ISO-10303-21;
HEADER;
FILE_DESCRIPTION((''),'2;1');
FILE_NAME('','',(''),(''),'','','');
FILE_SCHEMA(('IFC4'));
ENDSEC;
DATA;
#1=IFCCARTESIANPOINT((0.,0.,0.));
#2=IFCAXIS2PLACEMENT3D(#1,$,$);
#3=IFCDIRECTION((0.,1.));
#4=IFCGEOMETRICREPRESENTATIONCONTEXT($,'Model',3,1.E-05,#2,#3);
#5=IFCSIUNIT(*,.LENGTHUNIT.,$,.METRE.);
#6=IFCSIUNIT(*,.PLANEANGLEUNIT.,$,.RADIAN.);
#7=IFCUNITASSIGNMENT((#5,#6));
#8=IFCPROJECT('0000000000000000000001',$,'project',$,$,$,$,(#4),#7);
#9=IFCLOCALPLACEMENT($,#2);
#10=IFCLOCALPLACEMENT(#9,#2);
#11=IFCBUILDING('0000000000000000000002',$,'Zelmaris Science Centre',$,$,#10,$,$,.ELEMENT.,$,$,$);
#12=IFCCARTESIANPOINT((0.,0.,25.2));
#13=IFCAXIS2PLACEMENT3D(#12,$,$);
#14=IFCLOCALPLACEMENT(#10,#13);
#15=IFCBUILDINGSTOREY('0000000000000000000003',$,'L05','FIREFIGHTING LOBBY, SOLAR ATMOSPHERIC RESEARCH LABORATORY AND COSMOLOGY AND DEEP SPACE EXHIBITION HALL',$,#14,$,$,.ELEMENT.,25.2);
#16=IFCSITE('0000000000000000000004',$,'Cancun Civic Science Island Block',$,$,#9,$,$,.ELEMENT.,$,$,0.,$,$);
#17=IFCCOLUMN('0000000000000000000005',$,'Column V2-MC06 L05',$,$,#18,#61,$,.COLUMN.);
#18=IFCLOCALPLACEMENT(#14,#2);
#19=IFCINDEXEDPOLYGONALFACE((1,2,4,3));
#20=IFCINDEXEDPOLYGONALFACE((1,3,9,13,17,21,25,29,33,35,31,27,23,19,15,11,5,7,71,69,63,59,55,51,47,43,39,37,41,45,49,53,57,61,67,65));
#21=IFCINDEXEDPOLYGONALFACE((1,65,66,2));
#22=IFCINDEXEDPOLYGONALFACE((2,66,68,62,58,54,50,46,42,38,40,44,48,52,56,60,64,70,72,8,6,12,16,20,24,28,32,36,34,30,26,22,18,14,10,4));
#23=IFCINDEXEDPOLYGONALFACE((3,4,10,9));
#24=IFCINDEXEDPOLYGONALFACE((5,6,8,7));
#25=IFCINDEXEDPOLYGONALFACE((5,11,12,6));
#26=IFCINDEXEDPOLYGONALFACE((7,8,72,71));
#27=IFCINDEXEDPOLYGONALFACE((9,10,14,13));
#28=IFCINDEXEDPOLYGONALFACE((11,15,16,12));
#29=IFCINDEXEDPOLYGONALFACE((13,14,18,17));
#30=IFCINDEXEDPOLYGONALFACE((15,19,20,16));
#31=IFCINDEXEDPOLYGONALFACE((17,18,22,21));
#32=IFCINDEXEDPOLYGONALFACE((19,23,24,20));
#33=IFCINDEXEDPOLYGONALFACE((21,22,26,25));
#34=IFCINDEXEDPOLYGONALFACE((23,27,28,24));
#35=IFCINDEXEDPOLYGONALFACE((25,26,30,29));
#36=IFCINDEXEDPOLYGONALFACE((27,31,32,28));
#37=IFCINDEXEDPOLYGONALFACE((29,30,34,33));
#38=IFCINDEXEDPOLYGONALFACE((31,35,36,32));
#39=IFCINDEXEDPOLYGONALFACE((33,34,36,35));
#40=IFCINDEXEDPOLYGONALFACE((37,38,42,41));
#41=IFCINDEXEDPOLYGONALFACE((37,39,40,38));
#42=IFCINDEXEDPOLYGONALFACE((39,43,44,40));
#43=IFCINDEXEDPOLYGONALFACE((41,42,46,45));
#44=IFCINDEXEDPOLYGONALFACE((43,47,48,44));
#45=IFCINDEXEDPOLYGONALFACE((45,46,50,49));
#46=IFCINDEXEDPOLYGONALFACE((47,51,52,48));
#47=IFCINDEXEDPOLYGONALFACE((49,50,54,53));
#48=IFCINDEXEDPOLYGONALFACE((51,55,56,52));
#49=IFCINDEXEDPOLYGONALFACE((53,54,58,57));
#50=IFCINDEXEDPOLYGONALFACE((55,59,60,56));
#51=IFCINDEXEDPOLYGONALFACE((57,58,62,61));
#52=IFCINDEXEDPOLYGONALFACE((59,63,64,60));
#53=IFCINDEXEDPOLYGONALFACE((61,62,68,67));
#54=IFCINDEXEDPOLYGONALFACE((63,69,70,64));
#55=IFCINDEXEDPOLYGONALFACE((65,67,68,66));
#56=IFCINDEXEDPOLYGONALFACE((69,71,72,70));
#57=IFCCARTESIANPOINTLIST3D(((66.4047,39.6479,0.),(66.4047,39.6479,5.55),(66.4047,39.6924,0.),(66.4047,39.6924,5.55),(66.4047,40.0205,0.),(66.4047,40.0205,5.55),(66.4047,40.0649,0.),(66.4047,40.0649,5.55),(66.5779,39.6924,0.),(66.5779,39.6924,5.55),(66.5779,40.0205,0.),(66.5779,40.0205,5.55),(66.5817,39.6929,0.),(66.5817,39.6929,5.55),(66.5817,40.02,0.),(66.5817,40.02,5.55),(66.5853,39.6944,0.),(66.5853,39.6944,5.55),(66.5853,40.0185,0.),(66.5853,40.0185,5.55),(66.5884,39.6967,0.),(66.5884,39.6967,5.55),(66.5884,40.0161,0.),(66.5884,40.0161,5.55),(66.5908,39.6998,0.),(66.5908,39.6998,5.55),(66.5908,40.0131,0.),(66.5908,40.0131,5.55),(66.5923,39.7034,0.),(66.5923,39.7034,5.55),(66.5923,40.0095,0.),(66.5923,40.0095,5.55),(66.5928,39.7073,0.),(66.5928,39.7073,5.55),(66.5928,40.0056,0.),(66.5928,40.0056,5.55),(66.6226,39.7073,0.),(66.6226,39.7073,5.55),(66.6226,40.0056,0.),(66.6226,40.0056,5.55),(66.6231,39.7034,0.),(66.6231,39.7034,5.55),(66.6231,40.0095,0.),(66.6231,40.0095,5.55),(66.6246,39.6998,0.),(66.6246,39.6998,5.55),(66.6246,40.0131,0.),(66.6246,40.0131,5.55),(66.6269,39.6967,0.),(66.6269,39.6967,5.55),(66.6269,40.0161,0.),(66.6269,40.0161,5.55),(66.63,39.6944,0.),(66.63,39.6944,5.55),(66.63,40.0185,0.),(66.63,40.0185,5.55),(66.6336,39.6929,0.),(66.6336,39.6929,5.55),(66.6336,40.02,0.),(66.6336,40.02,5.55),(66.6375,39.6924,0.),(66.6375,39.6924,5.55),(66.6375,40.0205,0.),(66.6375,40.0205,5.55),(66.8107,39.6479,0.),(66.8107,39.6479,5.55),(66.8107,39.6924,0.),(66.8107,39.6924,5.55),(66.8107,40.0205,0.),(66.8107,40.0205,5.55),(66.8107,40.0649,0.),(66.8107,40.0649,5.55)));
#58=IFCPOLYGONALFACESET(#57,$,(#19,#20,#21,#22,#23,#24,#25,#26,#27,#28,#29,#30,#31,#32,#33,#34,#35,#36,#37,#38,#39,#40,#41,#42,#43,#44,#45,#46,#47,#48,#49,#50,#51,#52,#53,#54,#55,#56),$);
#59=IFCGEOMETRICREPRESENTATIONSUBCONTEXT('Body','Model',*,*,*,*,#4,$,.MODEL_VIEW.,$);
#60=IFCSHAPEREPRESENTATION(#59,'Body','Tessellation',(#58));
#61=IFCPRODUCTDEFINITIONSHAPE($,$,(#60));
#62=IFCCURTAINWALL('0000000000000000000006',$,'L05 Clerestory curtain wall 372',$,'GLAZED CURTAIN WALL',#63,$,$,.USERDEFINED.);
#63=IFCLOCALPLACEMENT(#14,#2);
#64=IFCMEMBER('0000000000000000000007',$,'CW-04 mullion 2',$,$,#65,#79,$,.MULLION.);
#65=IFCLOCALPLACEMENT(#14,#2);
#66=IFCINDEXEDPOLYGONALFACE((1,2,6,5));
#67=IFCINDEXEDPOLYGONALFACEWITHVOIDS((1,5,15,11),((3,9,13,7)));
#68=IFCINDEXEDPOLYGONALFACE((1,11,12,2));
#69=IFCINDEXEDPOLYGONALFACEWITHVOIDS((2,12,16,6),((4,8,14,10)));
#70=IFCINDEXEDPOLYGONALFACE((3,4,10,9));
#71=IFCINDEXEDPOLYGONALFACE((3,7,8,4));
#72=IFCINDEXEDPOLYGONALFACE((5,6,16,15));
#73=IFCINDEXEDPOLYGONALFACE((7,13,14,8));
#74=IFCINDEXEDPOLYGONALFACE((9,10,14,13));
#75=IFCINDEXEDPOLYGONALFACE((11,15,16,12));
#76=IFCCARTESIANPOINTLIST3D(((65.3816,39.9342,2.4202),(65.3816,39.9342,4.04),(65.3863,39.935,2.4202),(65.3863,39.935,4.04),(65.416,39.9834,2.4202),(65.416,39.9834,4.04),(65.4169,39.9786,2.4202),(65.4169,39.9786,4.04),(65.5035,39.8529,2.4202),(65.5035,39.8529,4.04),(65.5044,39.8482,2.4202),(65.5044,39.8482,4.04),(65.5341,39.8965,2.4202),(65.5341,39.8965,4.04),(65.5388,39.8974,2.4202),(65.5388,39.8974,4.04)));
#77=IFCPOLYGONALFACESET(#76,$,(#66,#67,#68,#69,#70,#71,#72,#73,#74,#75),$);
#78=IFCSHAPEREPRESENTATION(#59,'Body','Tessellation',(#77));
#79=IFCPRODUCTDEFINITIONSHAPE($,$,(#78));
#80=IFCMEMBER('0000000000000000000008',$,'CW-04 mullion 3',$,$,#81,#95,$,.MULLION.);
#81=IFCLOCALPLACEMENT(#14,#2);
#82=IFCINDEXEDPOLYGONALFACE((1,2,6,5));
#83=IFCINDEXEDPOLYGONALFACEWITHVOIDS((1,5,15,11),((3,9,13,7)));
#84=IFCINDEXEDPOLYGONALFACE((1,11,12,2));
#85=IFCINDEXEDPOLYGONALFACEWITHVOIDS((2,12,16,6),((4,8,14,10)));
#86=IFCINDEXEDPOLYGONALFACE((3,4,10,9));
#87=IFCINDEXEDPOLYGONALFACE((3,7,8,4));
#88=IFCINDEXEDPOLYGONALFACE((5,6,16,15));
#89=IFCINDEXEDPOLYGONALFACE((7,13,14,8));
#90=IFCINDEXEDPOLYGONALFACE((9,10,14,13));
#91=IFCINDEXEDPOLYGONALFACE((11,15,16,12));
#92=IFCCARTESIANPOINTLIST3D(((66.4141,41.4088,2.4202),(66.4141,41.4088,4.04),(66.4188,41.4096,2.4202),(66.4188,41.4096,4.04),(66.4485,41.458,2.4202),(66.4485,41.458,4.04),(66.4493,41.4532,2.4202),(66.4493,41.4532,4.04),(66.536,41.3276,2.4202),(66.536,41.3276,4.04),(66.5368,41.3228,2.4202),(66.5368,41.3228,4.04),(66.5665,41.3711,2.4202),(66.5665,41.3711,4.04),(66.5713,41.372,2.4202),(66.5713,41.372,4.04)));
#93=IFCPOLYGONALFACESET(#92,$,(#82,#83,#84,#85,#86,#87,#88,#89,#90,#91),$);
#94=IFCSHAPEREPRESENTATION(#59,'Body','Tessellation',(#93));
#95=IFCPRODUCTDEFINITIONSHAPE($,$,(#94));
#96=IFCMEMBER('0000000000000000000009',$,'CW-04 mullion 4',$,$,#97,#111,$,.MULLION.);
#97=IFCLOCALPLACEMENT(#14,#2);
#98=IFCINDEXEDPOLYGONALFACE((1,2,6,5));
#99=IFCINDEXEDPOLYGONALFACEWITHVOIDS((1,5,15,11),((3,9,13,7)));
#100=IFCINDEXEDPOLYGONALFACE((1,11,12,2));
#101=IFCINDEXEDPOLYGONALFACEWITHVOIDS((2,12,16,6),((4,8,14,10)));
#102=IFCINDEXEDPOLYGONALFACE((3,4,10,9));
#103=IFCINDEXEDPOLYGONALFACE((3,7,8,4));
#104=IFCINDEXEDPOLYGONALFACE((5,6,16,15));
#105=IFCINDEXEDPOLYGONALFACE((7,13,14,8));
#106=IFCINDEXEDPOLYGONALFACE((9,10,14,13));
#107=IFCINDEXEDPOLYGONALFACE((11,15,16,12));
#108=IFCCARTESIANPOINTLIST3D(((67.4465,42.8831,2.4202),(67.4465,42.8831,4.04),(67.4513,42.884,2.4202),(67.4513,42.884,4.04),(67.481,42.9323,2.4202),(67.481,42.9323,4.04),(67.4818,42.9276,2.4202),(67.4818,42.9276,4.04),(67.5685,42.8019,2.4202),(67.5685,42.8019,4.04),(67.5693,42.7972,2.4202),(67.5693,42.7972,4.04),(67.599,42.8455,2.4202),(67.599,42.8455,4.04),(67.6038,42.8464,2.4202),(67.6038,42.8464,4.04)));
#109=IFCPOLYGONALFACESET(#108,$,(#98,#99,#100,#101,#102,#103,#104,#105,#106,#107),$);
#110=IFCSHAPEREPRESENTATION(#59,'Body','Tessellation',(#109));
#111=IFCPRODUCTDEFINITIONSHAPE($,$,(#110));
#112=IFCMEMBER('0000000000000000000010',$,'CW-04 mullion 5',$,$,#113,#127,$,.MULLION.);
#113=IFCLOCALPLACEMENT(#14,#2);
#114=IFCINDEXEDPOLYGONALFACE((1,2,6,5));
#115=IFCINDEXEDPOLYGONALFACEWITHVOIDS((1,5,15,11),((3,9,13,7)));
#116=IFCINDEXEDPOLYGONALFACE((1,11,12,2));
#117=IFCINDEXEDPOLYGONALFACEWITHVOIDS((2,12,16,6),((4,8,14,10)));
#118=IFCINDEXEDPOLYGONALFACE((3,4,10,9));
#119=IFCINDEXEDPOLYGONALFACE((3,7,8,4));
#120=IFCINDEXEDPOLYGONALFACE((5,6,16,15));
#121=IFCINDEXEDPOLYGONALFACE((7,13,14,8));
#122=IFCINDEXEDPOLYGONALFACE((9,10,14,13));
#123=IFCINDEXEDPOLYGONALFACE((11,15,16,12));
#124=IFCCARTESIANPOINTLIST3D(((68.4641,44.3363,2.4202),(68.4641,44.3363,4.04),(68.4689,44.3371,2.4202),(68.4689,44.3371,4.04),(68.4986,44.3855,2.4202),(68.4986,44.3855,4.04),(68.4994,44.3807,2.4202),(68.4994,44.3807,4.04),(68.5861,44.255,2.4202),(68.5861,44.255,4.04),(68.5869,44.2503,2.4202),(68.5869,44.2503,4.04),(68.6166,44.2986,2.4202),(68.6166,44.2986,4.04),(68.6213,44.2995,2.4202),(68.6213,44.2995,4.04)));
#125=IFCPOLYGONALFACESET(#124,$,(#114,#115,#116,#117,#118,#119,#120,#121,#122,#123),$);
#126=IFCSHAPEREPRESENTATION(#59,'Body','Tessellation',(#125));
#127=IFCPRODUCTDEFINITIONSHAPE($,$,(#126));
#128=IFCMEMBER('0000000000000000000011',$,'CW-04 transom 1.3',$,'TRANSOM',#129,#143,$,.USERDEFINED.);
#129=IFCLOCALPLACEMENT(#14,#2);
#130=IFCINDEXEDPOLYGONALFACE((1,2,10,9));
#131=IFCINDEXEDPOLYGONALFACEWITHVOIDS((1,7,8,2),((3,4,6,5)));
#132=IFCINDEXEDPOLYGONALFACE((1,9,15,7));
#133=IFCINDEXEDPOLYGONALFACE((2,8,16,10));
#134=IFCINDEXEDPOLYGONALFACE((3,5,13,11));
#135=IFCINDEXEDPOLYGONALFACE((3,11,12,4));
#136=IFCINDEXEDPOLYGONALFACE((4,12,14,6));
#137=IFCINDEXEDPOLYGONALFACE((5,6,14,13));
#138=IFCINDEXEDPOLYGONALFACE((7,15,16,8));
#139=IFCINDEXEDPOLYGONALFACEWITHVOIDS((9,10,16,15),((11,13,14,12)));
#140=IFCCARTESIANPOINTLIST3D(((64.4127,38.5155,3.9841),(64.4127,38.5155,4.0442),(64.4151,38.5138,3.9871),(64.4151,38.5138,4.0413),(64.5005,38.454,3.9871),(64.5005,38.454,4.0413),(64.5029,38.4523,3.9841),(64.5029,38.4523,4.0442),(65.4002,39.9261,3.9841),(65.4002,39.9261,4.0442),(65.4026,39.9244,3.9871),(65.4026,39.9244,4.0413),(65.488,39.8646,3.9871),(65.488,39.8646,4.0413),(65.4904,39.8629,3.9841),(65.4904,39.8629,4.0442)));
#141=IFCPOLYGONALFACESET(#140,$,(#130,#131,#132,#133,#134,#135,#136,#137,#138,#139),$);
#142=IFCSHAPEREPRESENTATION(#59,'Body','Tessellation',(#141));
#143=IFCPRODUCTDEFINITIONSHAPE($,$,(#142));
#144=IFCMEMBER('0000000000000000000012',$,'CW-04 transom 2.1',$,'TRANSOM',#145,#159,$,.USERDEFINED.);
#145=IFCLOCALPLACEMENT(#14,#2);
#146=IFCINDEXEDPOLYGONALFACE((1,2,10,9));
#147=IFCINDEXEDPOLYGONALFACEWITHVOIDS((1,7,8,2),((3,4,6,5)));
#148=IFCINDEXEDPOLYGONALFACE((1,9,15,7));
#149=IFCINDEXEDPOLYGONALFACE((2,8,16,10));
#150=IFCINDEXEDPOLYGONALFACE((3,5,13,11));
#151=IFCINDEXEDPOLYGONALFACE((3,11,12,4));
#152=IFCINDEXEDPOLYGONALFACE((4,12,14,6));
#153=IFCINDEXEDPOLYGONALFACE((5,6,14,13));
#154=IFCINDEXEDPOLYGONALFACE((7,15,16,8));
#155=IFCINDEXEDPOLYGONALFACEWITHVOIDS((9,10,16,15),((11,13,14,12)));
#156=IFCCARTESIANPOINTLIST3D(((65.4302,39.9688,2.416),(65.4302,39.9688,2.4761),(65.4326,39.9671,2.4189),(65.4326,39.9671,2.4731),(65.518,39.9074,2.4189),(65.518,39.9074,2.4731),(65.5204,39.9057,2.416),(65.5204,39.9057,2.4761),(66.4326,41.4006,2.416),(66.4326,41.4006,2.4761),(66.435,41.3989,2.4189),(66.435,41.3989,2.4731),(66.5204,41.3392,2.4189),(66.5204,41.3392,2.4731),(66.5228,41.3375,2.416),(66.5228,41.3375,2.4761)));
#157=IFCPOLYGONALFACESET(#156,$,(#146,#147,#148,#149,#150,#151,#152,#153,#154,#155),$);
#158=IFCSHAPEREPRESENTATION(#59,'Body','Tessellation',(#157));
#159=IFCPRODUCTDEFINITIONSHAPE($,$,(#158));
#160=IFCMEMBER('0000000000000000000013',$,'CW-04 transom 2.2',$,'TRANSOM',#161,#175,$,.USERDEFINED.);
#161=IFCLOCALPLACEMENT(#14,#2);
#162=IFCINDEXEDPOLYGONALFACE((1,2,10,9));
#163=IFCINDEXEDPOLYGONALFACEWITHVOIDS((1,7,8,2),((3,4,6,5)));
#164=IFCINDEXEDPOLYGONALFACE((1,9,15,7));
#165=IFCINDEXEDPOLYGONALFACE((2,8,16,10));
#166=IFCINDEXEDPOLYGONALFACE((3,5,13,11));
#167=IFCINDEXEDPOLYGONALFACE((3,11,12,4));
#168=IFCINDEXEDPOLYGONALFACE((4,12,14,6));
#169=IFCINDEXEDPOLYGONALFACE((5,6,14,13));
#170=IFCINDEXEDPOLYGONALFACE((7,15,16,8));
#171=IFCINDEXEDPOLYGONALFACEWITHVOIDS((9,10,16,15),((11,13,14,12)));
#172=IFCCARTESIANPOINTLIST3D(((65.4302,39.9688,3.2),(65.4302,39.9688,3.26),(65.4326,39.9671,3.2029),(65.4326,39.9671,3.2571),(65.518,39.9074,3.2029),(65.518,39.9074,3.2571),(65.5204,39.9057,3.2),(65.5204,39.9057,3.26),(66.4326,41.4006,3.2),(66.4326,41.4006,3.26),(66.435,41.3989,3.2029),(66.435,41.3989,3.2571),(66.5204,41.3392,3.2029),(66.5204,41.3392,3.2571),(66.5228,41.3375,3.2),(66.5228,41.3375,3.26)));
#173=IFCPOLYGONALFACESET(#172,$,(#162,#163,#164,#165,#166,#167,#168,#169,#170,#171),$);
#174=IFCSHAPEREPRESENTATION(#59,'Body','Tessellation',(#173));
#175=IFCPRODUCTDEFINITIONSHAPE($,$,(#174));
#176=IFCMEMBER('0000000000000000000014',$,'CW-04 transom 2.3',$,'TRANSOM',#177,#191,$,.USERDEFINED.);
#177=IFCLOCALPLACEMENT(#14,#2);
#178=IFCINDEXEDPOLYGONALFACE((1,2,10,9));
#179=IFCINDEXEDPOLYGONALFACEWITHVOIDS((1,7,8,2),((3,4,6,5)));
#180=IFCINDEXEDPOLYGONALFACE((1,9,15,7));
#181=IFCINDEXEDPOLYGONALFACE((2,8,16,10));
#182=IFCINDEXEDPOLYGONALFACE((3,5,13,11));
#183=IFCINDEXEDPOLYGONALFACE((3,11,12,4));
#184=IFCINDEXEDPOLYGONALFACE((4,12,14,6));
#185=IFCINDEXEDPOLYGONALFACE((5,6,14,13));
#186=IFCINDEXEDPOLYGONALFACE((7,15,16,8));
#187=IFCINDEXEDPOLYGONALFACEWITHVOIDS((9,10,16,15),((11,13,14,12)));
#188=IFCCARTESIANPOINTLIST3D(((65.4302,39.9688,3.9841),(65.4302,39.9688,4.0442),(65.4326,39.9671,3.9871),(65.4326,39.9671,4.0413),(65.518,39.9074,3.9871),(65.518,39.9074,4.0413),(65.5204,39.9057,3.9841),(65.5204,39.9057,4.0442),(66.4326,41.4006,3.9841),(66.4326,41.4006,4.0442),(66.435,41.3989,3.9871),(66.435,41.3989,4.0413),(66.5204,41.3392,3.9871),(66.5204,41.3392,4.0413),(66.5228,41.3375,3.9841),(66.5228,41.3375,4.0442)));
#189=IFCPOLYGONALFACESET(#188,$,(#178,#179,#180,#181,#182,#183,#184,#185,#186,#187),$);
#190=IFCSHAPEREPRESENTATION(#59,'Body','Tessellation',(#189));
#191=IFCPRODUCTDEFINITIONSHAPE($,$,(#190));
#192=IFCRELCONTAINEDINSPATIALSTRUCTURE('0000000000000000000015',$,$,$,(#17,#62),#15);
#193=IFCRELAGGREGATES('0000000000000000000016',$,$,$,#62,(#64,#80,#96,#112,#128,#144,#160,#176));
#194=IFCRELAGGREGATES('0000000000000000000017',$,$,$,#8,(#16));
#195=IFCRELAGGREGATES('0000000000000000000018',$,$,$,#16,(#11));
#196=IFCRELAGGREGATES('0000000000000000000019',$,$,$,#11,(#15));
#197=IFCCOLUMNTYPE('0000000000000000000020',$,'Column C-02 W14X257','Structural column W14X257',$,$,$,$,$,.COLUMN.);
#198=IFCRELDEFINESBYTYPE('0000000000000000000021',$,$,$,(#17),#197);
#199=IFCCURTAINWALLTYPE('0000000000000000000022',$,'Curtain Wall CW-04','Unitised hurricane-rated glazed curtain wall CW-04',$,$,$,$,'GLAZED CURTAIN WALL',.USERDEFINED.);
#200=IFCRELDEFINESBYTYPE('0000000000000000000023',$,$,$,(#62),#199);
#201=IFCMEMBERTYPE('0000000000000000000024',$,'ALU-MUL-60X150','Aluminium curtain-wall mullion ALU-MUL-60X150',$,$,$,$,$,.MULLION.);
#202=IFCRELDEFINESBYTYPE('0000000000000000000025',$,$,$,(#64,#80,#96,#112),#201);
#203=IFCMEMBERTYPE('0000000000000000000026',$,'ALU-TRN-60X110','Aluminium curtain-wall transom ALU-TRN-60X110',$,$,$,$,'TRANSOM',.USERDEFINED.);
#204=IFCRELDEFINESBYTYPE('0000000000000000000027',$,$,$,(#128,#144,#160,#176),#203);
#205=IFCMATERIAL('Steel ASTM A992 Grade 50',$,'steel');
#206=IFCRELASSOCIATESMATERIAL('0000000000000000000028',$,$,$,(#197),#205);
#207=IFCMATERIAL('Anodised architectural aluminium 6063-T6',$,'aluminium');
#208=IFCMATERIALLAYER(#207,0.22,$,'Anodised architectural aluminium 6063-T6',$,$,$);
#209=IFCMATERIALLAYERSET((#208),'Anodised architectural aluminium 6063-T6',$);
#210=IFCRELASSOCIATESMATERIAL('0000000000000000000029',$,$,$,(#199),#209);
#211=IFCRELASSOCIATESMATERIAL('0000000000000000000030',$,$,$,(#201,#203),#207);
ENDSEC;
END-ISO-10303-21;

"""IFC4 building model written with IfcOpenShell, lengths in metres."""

from ifc_helpers import new_model, si_unit, direction, frame, origin, origin_2d, place, context, subcontext, project, spatial, hollow_rectangle, i_section, extrude, material, layer, layer_set, material_profile, profile_set, type_object, element, aggregate, save


model = new_model("IFC4")

# Units and contexts
model_context = context("Model", 3, precision=1e-05, world=origin(), true_north=direction((0.0, 1.0)))
body_context = subcontext(model_context, "Body", "Model", "MODEL_VIEW")
ifc_project = project(units=[si_unit("LENGTHUNIT", "METRE"), si_unit("PLANEANGLEUNIT", "RADIAN")], contexts=[model_context])

# Site, building, storey
site_placement = place(None, origin())
site = spatial("IfcSite", under=ifc_project, at=site_placement, Name="Cancun Civic Science Island Block", CompositionType="ELEMENT", RefElevation=0.0)
building_placement = place(site_placement, origin())
building = spatial("IfcBuilding", under=site, at=building_placement, Name="Zelmaris Science Centre", CompositionType="ELEMENT")
storey_placement = place(building_placement, frame((0.0, 0.0, 25.2)))
storey = spatial("IfcBuildingStorey", under=building, at=storey_placement, Name="L05", Description="FIREFIGHTING LOBBY, SOLAR ATMOSPHERIC RESEARCH LABORATORY AND COSMOLOGY AND DEEP SPACE EXHIBITION HALL", CompositionType="ELEMENT", Elevation=25.2)

# Column
ifc_material_1 = material(Name="Steel ASTM A992 Grade 50", Category="steel")
ifc_material_profile_1 = material_profile(ifc_material_1, i_section(OverallWidth=0.406, OverallDepth=0.417, WebThickness=0.0298, FlangeThickness=0.0444, FilletRadius=0.0149, at=origin_2d()), Name="W14X257")
ifc_profile_set_1 = profile_set([ifc_material_profile_1], Name="Steel ASTM A992 Grade 50")
column_type = type_object("IfcColumnType", Name="Column C-02 W14X257", Description="Structural column W14X257", PredefinedType="COLUMN", material=ifc_profile_set_1)
column_placement = place(storey_placement, frame((66.6077, 39.8564, 0.0), z_axis=(0.0, 0.0, 1.0), x_axis=(1.0, 0.0, 0.0)))
element("IfcColumn", 1, at=column_placement, inside=storey, type_object=column_type, Name="Column V2-MC06 L05", PredefinedType="COLUMN", context=body_context, shape_type="SweptSolid", body=[
    extrude(i_section(OverallWidth=0.406, OverallDepth=0.417, WebThickness=0.0298, FlangeThickness=0.0444, FilletRadius=0.0149, at=origin_2d()), origin(), (0.0, 0.0, 1.0), 5.55),
])

# Curtain wall, members
ifc_material_2 = material(Name="Anodised architectural aluminium 6063-T6", Category="aluminium")
ifc_layer_1 = layer(ifc_material_2, 0.22, Name="Anodised architectural aluminium 6063-T6")
ifc_layer_set_1 = layer_set([ifc_layer_1], Name="Anodised architectural aluminium 6063-T6")
curtain_wall_type = type_object("IfcCurtainWallType", Name="Curtain Wall CW-04", Description="Unitised hurricane-rated glazed curtain wall CW-04", ElementType="GLAZED CURTAIN WALL", PredefinedType="USERDEFINED", material=ifc_layer_set_1)
curtain_wall_placement = place(storey_placement, origin())
curtain_wall = element("IfcCurtainWall", 2, at=curtain_wall_placement, inside=storey, type_object=curtain_wall_type, Name="L05 Clerestory curtain wall 372", ObjectType="GLAZED CURTAIN WALL", PredefinedType="USERDEFINED")
ifc_material_profile_2 = material_profile(ifc_material_2, hollow_rectangle(XDim=0.0601, YDim=0.1499, WallThickness=0.0034, at=origin_2d()), Name="ALU-MUL-60X150")
ifc_profile_set_2 = profile_set([ifc_material_profile_2], Name="Anodised architectural aluminium 6063-T6")
member_type_1 = type_object("IfcMemberType", Name="ALU-MUL-60X150", Description="Aluminium curtain-wall mullion ALU-MUL-60X150", PredefinedType="MULLION", material=ifc_profile_set_2)
member_1_placement = place(storey_placement, frame((65.4602, 39.9158, 2.4202), z_axis=(0.0, 0.0, 1.0), x_axis=(0.573575, 0.819153, 0.0)))
member_1 = element("IfcMember", 3, at=member_1_placement, type_object=member_type_1, Name="CW-04 mullion 2", PredefinedType="MULLION", context=body_context, shape_type="SweptSolid", body=[
    extrude(hollow_rectangle(XDim=0.0601, YDim=0.1499, WallThickness=0.0034, at=origin_2d()), origin(), (0.0, 0.0, 1.0), 1.6199),
])
member_2_placement = place(storey_placement, frame((66.4927, 41.3904, 2.4202), z_axis=(0.0, 0.0, 1.0), x_axis=(0.573575, 0.819153, 0.0)))
member_2 = element("IfcMember", 4, at=member_2_placement, type_object=member_type_1, Name="CW-04 mullion 3", PredefinedType="MULLION", context=body_context, shape_type="SweptSolid", body=[
    extrude(hollow_rectangle(XDim=0.0601, YDim=0.1499, WallThickness=0.0034, at=origin_2d()), origin(), (0.0, 0.0, 1.0), 1.6199),
])
member_3_placement = place(storey_placement, frame((67.5251, 42.8647, 2.4202), z_axis=(0.0, 0.0, 1.0), x_axis=(0.573575, 0.819153, 0.0)))
member_3 = element("IfcMember", 5, at=member_3_placement, type_object=member_type_1, Name="CW-04 mullion 4", PredefinedType="MULLION", context=body_context, shape_type="SweptSolid", body=[
    extrude(hollow_rectangle(XDim=0.0601, YDim=0.1499, WallThickness=0.0034, at=origin_2d()), origin(), (0.0, 0.0, 1.0), 1.6199),
])
member_4_placement = place(storey_placement, frame((68.5427, 44.3179, 2.4202), z_axis=(0.0, 0.0, 1.0), x_axis=(0.573575, 0.819153, 0.0)))
member_4 = element("IfcMember", 6, at=member_4_placement, type_object=member_type_1, Name="CW-04 mullion 5", PredefinedType="MULLION", context=body_context, shape_type="SweptSolid", body=[
    extrude(hollow_rectangle(XDim=0.0601, YDim=0.1499, WallThickness=0.0034, at=origin_2d()), origin(), (0.0, 0.0, 1.0), 1.6199),
])
ifc_material_profile_3 = material_profile(ifc_material_2, hollow_rectangle(XDim=0.0601, YDim=0.1101, WallThickness=0.0029, at=origin_2d()), Name="ALU-TRN-60X110")
ifc_profile_set_3 = profile_set([ifc_material_profile_3], Name="Anodised architectural aluminium 6063-T6")
member_type_2 = type_object("IfcMemberType", Name="ALU-TRN-60X110", Description="Aluminium curtain-wall transom ALU-TRN-60X110", ElementType="TRANSOM", PredefinedType="USERDEFINED", material=ifc_profile_set_3)
member_5_placement = place(storey_placement, frame((64.4578, 38.4839, 4.0142), z_axis=(0.5735, 0.819205, 0.0), x_axis=(0.0, 0.0, 1.0)))
member_5 = element("IfcMember", 7, at=member_5_placement, type_object=member_type_2, Name="CW-04 transom 1.3", ObjectType="TRANSOM", PredefinedType="USERDEFINED", context=body_context, shape_type="SweptSolid", body=[
    extrude(hollow_rectangle(XDim=0.0601, YDim=0.1101, WallThickness=0.0029, at=origin_2d()), origin(), (0.0, 0.0, 1.0), 1.7219),
])
member_6_placement = place(storey_placement, frame((65.4753, 39.9373, 2.446), z_axis=(0.573509, 0.819199, 0.0), x_axis=(0.0, 0.0, 1.0)))
member_6 = element("IfcMember", 8, at=member_6_placement, type_object=member_type_2, Name="CW-04 transom 2.1", ObjectType="TRANSOM", PredefinedType="USERDEFINED", context=body_context, shape_type="SweptSolid", body=[
    extrude(hollow_rectangle(XDim=0.0601, YDim=0.1101, WallThickness=0.0029, at=origin_2d()), origin(), (0.0, 0.0, 1.0), 1.7478),
])
member_7_placement = place(storey_placement, frame((65.4753, 39.9373, 3.23), z_axis=(0.573509, 0.819199, 0.0), x_axis=(0.0, 0.0, 1.0)))
member_7 = element("IfcMember", 9, at=member_7_placement, type_object=member_type_2, Name="CW-04 transom 2.2", ObjectType="TRANSOM", PredefinedType="USERDEFINED", context=body_context, shape_type="SweptSolid", body=[
    extrude(hollow_rectangle(XDim=0.0601, YDim=0.1101, WallThickness=0.0029, at=origin_2d()), origin(), (0.0, 0.0, 1.0), 1.7478),
])
member_8_placement = place(storey_placement, frame((65.4753, 39.9373, 4.0142), z_axis=(0.573509, 0.819199, 0.0), x_axis=(0.0, 0.0, 1.0)))
member_8 = element("IfcMember", 10, at=member_8_placement, type_object=member_type_2, Name="CW-04 transom 2.3", ObjectType="TRANSOM", PredefinedType="USERDEFINED", context=body_context, shape_type="SweptSolid", body=[
    extrude(hollow_rectangle(XDim=0.0601, YDim=0.1101, WallThickness=0.0029, at=origin_2d()), origin(), (0.0, 0.0, 1.0), 1.7478),
])

aggregate(curtain_wall, [member_1, member_2, member_3, member_4, member_5, member_6, member_7, member_8])

save(model, "model.ifc")
